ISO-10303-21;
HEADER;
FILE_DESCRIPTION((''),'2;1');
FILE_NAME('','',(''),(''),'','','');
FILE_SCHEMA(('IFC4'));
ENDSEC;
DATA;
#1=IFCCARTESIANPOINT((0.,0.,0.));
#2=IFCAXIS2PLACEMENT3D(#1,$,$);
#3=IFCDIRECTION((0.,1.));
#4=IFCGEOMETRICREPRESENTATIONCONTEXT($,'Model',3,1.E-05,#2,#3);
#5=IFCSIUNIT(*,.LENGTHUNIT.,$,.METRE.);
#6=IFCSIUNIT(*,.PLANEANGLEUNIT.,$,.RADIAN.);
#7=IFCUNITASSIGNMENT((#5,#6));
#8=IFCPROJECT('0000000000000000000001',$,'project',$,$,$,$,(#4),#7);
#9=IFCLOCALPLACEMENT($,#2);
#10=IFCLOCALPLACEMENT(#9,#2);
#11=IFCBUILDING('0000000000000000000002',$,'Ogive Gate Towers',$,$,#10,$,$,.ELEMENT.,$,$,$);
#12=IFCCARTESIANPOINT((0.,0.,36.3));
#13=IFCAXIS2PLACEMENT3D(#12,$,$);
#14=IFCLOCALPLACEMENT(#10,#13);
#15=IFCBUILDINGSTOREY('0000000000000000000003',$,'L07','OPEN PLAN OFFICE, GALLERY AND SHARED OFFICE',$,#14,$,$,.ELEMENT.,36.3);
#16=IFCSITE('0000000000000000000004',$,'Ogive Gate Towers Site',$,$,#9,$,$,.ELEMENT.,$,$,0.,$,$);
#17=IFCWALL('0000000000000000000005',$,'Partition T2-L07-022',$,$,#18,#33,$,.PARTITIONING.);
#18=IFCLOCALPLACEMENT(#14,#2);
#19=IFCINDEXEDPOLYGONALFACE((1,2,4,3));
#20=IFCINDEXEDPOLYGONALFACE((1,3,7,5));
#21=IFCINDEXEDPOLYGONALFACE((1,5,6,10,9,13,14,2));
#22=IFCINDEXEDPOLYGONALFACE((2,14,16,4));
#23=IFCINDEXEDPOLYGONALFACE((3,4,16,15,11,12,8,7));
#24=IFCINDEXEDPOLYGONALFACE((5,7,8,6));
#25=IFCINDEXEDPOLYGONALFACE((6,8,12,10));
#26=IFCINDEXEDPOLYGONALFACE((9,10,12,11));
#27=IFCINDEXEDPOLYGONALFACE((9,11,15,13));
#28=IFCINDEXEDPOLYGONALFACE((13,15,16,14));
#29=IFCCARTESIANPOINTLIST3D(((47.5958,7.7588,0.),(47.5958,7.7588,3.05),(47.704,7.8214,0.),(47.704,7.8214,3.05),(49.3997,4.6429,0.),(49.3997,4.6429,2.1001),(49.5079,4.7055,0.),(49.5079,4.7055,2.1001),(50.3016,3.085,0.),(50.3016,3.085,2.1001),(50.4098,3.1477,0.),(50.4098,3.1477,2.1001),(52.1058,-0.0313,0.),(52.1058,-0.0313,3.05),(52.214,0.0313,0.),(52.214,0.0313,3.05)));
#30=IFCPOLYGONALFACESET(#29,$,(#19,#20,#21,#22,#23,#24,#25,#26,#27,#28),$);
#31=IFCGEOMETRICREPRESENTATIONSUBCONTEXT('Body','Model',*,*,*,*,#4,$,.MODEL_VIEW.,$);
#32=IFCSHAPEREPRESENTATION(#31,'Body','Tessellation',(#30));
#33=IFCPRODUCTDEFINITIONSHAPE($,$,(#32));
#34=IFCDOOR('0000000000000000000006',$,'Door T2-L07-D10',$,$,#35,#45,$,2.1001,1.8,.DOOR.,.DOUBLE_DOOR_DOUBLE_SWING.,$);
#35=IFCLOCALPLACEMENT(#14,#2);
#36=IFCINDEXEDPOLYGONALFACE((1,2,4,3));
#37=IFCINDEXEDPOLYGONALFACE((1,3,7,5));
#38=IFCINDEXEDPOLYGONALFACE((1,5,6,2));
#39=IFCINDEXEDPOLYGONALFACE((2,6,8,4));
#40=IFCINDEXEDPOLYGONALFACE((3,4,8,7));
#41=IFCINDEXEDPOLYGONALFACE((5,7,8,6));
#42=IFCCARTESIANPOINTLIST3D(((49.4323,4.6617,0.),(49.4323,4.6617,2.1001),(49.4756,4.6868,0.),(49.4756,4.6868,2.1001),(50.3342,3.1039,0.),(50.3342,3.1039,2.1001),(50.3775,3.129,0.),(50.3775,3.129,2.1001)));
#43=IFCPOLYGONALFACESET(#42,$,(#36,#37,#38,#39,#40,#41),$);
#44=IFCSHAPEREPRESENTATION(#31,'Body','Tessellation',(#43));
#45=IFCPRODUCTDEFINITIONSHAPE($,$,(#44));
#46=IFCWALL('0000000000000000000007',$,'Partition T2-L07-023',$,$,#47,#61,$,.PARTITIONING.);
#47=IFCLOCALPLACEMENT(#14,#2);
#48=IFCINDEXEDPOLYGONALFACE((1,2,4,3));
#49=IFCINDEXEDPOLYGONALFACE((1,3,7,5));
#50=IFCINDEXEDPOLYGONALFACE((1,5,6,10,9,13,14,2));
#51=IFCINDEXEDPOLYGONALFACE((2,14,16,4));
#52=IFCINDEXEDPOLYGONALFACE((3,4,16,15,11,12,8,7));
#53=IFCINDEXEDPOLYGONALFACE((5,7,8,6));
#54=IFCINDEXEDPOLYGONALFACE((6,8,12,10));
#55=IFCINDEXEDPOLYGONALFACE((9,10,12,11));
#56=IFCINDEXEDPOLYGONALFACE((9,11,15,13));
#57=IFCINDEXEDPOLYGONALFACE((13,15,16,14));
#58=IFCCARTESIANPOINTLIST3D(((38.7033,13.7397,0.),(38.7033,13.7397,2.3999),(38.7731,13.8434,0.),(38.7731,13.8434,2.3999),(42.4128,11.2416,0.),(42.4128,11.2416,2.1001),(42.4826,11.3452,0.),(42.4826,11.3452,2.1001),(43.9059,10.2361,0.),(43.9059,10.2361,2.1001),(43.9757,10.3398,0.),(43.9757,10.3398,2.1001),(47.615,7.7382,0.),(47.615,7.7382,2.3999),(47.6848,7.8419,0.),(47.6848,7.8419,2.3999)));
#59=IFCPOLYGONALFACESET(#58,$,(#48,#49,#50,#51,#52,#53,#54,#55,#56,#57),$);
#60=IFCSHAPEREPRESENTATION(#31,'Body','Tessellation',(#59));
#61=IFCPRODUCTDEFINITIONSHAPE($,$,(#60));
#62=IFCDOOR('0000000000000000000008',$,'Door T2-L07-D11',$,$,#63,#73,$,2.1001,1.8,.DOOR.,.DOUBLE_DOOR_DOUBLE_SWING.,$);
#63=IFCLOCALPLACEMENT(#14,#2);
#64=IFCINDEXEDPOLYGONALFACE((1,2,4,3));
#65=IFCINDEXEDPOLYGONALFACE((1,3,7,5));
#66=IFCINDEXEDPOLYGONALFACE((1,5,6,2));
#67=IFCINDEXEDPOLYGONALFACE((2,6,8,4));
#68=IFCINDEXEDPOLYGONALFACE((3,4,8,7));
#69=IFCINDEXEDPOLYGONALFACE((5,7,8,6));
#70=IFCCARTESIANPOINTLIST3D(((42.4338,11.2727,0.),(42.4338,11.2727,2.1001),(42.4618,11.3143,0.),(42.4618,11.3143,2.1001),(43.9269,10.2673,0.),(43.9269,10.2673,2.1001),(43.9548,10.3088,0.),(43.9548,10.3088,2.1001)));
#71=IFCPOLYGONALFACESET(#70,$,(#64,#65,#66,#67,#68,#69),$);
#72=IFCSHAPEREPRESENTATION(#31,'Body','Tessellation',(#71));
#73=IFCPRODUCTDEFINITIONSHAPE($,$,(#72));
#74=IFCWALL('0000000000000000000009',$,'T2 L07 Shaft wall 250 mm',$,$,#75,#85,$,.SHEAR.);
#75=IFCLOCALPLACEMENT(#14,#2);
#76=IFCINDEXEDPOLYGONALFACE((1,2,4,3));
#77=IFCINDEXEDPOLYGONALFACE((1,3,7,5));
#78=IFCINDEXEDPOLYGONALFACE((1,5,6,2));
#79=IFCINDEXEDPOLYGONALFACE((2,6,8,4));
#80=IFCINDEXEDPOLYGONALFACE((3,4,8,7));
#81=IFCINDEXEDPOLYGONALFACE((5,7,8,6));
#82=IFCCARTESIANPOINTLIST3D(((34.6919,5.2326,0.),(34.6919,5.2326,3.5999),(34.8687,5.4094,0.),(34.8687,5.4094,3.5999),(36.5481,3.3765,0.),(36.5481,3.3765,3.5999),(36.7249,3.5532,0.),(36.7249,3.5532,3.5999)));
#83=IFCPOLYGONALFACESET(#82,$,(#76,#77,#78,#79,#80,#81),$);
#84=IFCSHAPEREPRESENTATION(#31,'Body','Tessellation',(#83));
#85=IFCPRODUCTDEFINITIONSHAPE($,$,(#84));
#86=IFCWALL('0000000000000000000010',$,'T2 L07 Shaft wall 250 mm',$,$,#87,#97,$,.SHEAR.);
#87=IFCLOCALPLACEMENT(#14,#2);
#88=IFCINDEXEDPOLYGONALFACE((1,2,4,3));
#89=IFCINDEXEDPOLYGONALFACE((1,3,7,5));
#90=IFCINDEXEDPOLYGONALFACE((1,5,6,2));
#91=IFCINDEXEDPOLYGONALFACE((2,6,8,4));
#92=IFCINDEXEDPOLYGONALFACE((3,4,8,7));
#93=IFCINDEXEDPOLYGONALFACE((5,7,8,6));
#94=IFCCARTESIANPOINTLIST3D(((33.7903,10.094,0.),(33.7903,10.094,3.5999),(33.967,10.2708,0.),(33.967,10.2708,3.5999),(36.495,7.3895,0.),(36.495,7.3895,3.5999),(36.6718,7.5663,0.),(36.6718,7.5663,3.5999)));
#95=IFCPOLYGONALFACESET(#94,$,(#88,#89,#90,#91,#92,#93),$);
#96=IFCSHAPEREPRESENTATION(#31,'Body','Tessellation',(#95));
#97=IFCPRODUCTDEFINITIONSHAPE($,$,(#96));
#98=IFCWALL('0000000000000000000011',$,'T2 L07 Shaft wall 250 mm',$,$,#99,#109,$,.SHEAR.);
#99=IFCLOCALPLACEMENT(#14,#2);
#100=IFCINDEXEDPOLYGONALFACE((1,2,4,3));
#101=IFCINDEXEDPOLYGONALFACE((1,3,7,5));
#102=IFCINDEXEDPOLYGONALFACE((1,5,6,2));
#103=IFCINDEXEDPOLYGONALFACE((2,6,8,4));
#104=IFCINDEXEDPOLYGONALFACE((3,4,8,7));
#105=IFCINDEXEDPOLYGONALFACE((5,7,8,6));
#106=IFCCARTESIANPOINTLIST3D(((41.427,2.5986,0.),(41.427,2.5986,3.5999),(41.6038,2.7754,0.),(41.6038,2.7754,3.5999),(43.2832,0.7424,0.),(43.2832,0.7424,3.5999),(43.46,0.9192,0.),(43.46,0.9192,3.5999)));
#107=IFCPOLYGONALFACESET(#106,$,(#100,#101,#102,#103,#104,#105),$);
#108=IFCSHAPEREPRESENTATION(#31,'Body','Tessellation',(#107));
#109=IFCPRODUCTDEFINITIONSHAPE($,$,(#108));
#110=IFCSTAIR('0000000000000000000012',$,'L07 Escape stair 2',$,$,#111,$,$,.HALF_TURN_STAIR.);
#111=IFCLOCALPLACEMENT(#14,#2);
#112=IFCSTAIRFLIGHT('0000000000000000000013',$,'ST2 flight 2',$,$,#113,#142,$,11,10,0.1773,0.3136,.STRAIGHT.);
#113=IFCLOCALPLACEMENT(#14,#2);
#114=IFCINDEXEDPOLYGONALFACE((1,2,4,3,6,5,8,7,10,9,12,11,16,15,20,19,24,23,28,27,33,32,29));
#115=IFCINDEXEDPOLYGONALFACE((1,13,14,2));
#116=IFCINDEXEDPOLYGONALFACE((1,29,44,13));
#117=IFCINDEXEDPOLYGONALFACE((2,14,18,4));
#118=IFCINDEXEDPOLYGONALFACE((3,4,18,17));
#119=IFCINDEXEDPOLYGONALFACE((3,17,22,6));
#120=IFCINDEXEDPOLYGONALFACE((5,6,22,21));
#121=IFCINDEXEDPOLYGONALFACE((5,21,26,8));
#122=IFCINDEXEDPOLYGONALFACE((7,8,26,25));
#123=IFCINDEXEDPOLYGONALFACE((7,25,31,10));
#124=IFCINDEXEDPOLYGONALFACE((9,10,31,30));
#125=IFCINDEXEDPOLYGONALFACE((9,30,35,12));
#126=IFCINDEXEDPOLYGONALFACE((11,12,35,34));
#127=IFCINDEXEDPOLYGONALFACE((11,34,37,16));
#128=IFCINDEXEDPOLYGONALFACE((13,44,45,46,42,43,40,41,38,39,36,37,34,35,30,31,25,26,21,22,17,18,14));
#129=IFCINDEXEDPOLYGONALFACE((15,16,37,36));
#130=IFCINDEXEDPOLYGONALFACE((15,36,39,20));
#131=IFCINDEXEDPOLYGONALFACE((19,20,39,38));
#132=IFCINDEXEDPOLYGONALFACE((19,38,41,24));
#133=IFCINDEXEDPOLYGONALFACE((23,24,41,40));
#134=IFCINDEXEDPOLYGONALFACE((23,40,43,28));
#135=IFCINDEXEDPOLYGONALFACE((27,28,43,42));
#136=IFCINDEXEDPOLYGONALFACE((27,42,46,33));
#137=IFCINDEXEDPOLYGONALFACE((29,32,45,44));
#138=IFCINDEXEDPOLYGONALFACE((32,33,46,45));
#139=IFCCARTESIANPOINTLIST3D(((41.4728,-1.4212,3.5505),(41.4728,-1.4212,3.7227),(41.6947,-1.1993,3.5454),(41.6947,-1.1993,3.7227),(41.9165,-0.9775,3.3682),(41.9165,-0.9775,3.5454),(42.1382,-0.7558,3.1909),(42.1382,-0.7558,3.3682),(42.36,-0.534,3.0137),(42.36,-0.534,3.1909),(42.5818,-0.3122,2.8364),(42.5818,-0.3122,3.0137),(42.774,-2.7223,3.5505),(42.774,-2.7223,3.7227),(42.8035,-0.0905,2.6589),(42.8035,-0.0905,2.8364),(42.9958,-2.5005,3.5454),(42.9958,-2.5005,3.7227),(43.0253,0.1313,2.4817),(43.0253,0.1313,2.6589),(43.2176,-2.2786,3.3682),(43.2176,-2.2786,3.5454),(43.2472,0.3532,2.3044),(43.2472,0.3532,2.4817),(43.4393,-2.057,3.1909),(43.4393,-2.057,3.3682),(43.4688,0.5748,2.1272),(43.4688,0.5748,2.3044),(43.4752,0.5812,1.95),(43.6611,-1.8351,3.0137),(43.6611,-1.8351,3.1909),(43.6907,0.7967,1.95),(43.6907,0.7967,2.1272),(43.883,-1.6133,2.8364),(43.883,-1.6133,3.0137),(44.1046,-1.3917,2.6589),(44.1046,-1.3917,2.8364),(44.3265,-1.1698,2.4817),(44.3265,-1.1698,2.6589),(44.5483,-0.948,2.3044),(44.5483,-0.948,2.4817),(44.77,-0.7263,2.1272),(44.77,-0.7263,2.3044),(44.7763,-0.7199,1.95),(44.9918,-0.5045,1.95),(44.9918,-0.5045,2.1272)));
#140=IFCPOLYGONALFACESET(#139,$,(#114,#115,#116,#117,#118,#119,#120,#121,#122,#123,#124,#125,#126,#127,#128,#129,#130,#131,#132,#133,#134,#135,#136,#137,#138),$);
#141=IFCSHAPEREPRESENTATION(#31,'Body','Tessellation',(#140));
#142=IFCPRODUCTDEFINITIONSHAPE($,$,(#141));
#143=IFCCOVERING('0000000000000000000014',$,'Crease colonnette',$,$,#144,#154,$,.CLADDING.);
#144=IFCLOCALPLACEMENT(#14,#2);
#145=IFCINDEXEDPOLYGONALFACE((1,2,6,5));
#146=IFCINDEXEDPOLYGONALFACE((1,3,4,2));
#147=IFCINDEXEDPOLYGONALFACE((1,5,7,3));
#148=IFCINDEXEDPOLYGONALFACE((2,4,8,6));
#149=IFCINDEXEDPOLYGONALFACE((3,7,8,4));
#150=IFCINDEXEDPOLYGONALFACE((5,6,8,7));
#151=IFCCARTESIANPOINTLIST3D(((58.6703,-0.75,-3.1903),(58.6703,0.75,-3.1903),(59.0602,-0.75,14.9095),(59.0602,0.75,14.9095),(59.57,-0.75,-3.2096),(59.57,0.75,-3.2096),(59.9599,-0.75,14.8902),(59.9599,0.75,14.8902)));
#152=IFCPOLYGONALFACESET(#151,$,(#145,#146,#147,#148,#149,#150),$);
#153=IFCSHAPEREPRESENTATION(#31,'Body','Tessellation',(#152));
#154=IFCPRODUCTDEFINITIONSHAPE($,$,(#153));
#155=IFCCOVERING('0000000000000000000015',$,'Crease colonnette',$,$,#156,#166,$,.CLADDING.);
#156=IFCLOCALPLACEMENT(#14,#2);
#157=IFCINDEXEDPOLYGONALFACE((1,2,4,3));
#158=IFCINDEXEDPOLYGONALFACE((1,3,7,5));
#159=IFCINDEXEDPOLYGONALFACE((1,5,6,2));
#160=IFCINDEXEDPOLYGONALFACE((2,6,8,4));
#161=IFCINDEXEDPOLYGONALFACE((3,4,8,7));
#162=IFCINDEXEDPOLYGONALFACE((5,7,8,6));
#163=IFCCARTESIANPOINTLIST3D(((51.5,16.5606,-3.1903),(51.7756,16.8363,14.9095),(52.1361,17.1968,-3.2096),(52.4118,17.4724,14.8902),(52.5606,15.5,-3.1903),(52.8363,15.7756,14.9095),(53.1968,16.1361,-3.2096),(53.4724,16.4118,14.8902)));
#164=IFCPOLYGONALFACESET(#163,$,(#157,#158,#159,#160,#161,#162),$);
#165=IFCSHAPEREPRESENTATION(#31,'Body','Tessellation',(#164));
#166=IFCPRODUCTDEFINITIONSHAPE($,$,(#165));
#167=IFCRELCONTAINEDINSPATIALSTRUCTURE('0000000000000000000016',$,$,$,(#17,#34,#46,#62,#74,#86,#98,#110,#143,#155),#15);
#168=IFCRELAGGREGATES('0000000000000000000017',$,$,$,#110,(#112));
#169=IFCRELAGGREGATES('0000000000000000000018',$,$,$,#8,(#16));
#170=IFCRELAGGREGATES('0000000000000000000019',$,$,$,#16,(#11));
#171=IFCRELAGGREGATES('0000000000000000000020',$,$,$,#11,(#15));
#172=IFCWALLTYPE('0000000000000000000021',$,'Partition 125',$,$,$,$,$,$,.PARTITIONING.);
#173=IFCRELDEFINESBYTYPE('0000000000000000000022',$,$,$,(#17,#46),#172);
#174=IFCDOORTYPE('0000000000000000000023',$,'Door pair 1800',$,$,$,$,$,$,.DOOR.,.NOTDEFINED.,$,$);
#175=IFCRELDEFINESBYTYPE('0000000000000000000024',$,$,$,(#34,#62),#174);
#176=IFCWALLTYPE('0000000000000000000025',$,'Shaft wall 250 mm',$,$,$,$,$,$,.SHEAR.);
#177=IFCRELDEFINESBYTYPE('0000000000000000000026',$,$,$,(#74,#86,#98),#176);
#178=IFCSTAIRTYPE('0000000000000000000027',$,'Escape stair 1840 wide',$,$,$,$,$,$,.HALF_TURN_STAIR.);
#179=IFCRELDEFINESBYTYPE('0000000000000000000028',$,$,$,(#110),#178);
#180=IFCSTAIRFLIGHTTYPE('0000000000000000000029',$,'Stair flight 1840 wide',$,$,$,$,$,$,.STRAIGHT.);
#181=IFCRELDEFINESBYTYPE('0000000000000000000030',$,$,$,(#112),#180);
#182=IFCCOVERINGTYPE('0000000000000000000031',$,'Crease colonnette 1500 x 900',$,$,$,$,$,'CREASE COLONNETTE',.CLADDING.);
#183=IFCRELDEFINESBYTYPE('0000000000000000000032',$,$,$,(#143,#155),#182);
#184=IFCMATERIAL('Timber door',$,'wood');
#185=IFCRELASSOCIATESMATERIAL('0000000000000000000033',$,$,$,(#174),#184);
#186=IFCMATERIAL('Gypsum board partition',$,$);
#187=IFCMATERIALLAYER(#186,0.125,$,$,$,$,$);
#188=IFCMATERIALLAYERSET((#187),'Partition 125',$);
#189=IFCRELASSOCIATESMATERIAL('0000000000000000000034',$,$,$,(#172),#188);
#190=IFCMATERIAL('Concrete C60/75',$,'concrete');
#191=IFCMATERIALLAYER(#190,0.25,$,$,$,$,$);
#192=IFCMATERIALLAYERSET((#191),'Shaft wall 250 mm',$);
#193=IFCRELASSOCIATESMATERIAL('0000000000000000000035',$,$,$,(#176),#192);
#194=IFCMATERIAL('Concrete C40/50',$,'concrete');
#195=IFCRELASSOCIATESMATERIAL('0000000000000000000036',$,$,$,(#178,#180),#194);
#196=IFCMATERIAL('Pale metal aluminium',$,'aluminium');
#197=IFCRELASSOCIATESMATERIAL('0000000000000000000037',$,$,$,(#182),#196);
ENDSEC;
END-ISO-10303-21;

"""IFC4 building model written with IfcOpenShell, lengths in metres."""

from ifc_helpers import new_model, si_unit, direction, frame, frame_2d, origin, origin_2d, place, context, subcontext, project, spatial, polyline, rectangle, outline, extrude, material, layer, layer_set, material_profile, profile_set, type_object, element, fill, aggregate, save


model = new_model("IFC4")

# Units and contexts
model_context = context("Model", 3, precision=1e-05, world=origin(), true_north=direction((0.0, 1.0)))
body_context = subcontext(model_context, "Body", "Model", "MODEL_VIEW")
ifc_project = project(units=[si_unit("LENGTHUNIT", "METRE"), si_unit("PLANEANGLEUNIT", "RADIAN")], contexts=[model_context])

# Site, building, storey
site_placement = place(None, origin())
site = spatial("IfcSite", under=ifc_project, at=site_placement, Name="Ogive Gate Towers Site", CompositionType="ELEMENT", RefElevation=0.0)
building_placement = place(site_placement, origin())
building = spatial("IfcBuilding", under=site, at=building_placement, Name="Ogive Gate Towers", CompositionType="ELEMENT")
storey_placement = place(building_placement, frame((0.0, 0.0, 36.3)))
storey = spatial("IfcBuildingStorey", under=building, at=storey_placement, Name="L07", Description="OPEN PLAN OFFICE, GALLERY AND SHARED OFFICE", CompositionType="ELEMENT", Elevation=36.3)

# Shared definitions
ifc_material_1 = material(Name="Concrete C40/50", Category="concrete")

# Shared definitions
ifc_material_2 = material(Name="Timber door", Category="wood")
door_type_1 = type_object("IfcDoorType", Name="Door pair 1800", OperationType="NOTDEFINED", PredefinedType="DOOR", material=ifc_material_2)
ifc_material_3 = material(Name="Concrete C60/75", Category="concrete")

# Shared definitions
ifc_material_4 = material(Name="Gypsum board partition")
ifc_layer_1 = layer(ifc_material_4, 0.125)
ifc_layer_set_1 = layer_set([ifc_layer_1], Name="Partition 125")
wall_type_1 = type_object("IfcWallType", Name="Partition 125", PredefinedType="PARTITIONING", material=ifc_layer_set_1)

# Walls, openings, doors
wall_1_placement = place(storey_placement, frame((52.1599, 0.0, 0.0), z_axis=(0.0, 0.0, 1.0), x_axis=(-0.501035, 0.865427, 0.0)))
wall_1 = element("IfcWall", 1, at=wall_1_placement, inside=storey, type_object=wall_type_1, Name="Partition T2-L07-022", PredefinedType="PARTITIONING", context=body_context, shape_type="SweptSolid", body=[
    extrude(rectangle(XDim=9.0015, YDim=0.125, at=frame_2d((4.5007, 0.0))), origin(), (0.0, 0.0, 1.0), 3.05),
])
opening_1_placement = place(wall_1_placement, frame((3.6011, 0.0, 0.0)))
opening_1 = element("IfcOpeningElement", 2, at=opening_1_placement, cuts=wall_1, PredefinedType="OPENING", context=body_context, shape_type="SweptSolid", body=[
    extrude(rectangle(XDim=1.8, YDim=2.1001, at=frame_2d((0.8999, 1.05))), frame((0.0, 0.0725, 0.0), z_axis=(0.0, -1.0, 0.0), x_axis=(1.0, 0.0, 0.0)), (0.0, 0.0, 1.0), 0.145),
])
door_1_placement = place(opening_1_placement, origin())
door_1 = element("IfcDoor", 3, at=door_1_placement, inside=storey, type_object=door_type_1, Name="Door T2-L07-D10", OperationType="DOUBLE_DOOR_DOUBLE_SWING", OverallHeight=2.1001, OverallWidth=1.8, PredefinedType="DOOR", context=body_context, shape_type="SweptSolid", body=[
    extrude(rectangle(XDim=1.8, YDim=2.1001, at=frame_2d((0.8999, 1.05))), frame((0.0, 0.0249, 0.0), z_axis=(0.0, -1.0, 0.0), x_axis=(1.0, 0.0, 0.0)), (0.0, 0.0, 1.0), 0.05),
])
fill(opening_1, door_1)
wall_2_placement = place(storey_placement, frame((47.6499, 7.79, 0.0), z_axis=(0.0, 0.0, 1.0), x_axis=(-0.829447, 0.558585, 0.0)))
wall_2 = element("IfcWall", 4, at=wall_2_placement, inside=storey, type_object=wall_type_1, Name="Partition T2-L07-023", PredefinedType="PARTITIONING", context=body_context, shape_type="SweptSolid", body=[
    extrude(rectangle(XDim=10.7441, YDim=0.125, at=frame_2d((5.3721, 0.0))), origin(), (0.0, 0.0, 1.0), 2.3999),
])
opening_2_placement = place(wall_2_placement, frame((4.4719, 0.0, 0.0)))
opening_2 = element("IfcOpeningElement", 5, at=opening_2_placement, cuts=wall_2, PredefinedType="OPENING", context=body_context, shape_type="SweptSolid", body=[
    extrude(rectangle(XDim=1.8, YDim=2.1001, at=frame_2d((0.8999, 1.05))), frame((0.0, 0.0725, 0.0), z_axis=(0.0, -1.0, 0.0), x_axis=(1.0, 0.0, 0.0)), (0.0, 0.0, 1.0), 0.145),
])
door_2_placement = place(opening_2_placement, origin())
door_2 = element("IfcDoor", 6, at=door_2_placement, inside=storey, type_object=door_type_1, Name="Door T2-L07-D11", OperationType="DOUBLE_DOOR_DOUBLE_SWING", OverallHeight=2.1001, OverallWidth=1.8, PredefinedType="DOOR", context=body_context, shape_type="SweptSolid", body=[
    extrude(rectangle(XDim=1.8, YDim=2.1001, at=frame_2d((0.8999, 1.05))), frame((0.0, 0.0249, 0.0), z_axis=(0.0, -1.0, 0.0), x_axis=(1.0, 0.0, 0.0)), (0.0, 0.0, 1.0), 0.05),
])
fill(opening_2, door_2)

# Walls
ifc_layer_2 = layer(ifc_material_3, 0.25)
ifc_layer_set_2 = layer_set([ifc_layer_2], Name="Shaft wall 250 mm")
wall_type_2 = type_object("IfcWallType", Name="Shaft wall 250 mm", PredefinedType="SHEAR", material=ifc_layer_set_2)
wall_3_placement = place(storey_placement, frame((36.6365, 3.4648, 0.0), z_axis=(0.0, 0.0, 1.0), x_axis=(-0.707107, 0.707107, 0.0)))
element("IfcWall", 7, at=wall_3_placement, inside=storey, type_object=wall_type_2, Name="T2 L07 Shaft wall 250 mm", PredefinedType="SHEAR", context=body_context, shape_type="SweptSolid", body=[
    extrude(rectangle(XDim=2.625, YDim=0.25, at=frame_2d((1.3125, 0.0))), origin(), (0.0, 0.0, 1.0), 3.5999),
])
wall_4_placement = place(storey_placement, frame((36.5835, 7.4778, 0.0), z_axis=(0.0, 0.0, 1.0), x_axis=(-0.707139, 0.707075, 0.0)))
element("IfcWall", 8, at=wall_4_placement, inside=storey, type_object=wall_type_2, Name="T2 L07 Shaft wall 250 mm", PredefinedType="SHEAR", context=body_context, shape_type="SweptSolid", body=[
    extrude(rectangle(XDim=3.825, YDim=0.25, at=frame_2d((1.9126, 0.0))), origin(), (0.0, 0.0, 1.0), 3.5999),
])
wall_5_placement = place(storey_placement, frame((43.3716, 0.8308, 0.0), z_axis=(0.0, 0.0, 1.0), x_axis=(-0.707107, 0.707107, 0.0)))
element("IfcWall", 9, at=wall_5_placement, inside=storey, type_object=wall_type_2, Name="T2 L07 Shaft wall 250 mm", PredefinedType="SHEAR", context=body_context, shape_type="SweptSolid", body=[
    extrude(rectangle(XDim=2.625, YDim=0.25, at=frame_2d((1.3125, 0.0))), origin(), (0.0, 0.0, 1.0), 3.5999),
])

# Stair, stair flight
stair_type = type_object("IfcStairType", Name="Escape stair 1840 wide", PredefinedType="HALF_TURN_STAIR", material=ifc_material_1)
stair_placement = place(storey_placement, origin())
stair = element("IfcStair", 10, at=stair_placement, inside=storey, type_object=stair_type, Name="L07 Escape stair 2", PredefinedType="HALF_TURN_STAIR")
stair_flight_type = type_object("IfcStairFlightType", Name="Stair flight 1840 wide", PredefinedType="STRAIGHT", material=ifc_material_1)
stair_flight_placement = place(storey_placement, frame((44.3413, 0.146, 1.95), z_axis=(0.0, 0.0, 1.0), x_axis=(-0.707107, -0.707107, 0.0)))
stair_flight = element("IfcStairFlight", 11, at=stair_flight_placement, type_object=stair_flight_type, Name="ST2 flight 2", NumberOfRisers=11, NumberOfTreads=10, PredefinedType="STRAIGHT", RiserHeight=0.1773, TreadLength=0.3136, context=body_context, shape_type="SweptSolid", body=[
    extrude(outline(polyline([(0.0, 0.0), (0.0, 0.1772), (0.3137, 0.1772), (0.3137, 0.3545), (0.6272, 0.3545), (0.6272, 0.5317), (0.9409, 0.5317), (0.9409, 0.709), (1.2546, 0.709), (1.2546, 0.8865), (1.5681, 0.8865), (1.5681, 1.0637), (1.8818, 1.0637), (1.8818, 1.241), (2.1956, 1.241), (2.1956, 1.4182), (2.509, 1.4182), (2.509, 1.5955), (2.8228, 1.5955), (2.8228, 1.7727), (3.1365, 1.7727), (3.1365, 1.95), (3.1365, 1.6006), (0.3047, 0.0), (0.0, 0.0)])), frame((0.0, 0.9199, 0.0), z_axis=(0.0, -1.0, 0.0), x_axis=(1.0, 0.0, 0.0)), (0.0, 0.0, 1.0), 1.8401),
])
aggregate(stair, [stair_flight])

# Coverings
ifc_material_5 = material(Name="Pale metal aluminium", Category="aluminium")
ifc_material_profile_1 = material_profile(ifc_material_5, rectangle(XDim=1.5, YDim=0.8999, at=origin_2d()), Name="1500 x 900 pale metal aluminium")
ifc_profile_set_1 = profile_set([ifc_material_profile_1], Name="Pale metal aluminium")
covering_type_1 = type_object("IfcCoveringType", Name="Crease colonnette 1500 x 900", ElementType="CREASE COLONNETTE", PredefinedType="CLADDING", material=ifc_profile_set_1)
for number, where, z_axis, x_axis, name in (
    (12, (59.1201, 0.0, -3.2), (0.021536, 0.0, 0.999768), (0.0, 1.0, 0.0), "Crease colonnette"),
    (13, (52.3484, 16.3484, -3.2), (0.015225, 0.015225, 0.999768), (-0.707107, 0.707107, 0.0), "Crease colonnette"),
):
    element("IfcCovering", number, at=place(storey_placement, frame(where, z_axis=z_axis, x_axis=x_axis)), inside=storey, type_object=covering_type_1, Name=name, PredefinedType="CLADDING", context=body_context, shape_type="SweptSolid", body=[
        extrude(rectangle(XDim=1.5, YDim=0.8999, at=origin_2d()), origin(), (0.0, 0.0, 1.0), 18.104),
    ])

save(model, "model.ifc")
